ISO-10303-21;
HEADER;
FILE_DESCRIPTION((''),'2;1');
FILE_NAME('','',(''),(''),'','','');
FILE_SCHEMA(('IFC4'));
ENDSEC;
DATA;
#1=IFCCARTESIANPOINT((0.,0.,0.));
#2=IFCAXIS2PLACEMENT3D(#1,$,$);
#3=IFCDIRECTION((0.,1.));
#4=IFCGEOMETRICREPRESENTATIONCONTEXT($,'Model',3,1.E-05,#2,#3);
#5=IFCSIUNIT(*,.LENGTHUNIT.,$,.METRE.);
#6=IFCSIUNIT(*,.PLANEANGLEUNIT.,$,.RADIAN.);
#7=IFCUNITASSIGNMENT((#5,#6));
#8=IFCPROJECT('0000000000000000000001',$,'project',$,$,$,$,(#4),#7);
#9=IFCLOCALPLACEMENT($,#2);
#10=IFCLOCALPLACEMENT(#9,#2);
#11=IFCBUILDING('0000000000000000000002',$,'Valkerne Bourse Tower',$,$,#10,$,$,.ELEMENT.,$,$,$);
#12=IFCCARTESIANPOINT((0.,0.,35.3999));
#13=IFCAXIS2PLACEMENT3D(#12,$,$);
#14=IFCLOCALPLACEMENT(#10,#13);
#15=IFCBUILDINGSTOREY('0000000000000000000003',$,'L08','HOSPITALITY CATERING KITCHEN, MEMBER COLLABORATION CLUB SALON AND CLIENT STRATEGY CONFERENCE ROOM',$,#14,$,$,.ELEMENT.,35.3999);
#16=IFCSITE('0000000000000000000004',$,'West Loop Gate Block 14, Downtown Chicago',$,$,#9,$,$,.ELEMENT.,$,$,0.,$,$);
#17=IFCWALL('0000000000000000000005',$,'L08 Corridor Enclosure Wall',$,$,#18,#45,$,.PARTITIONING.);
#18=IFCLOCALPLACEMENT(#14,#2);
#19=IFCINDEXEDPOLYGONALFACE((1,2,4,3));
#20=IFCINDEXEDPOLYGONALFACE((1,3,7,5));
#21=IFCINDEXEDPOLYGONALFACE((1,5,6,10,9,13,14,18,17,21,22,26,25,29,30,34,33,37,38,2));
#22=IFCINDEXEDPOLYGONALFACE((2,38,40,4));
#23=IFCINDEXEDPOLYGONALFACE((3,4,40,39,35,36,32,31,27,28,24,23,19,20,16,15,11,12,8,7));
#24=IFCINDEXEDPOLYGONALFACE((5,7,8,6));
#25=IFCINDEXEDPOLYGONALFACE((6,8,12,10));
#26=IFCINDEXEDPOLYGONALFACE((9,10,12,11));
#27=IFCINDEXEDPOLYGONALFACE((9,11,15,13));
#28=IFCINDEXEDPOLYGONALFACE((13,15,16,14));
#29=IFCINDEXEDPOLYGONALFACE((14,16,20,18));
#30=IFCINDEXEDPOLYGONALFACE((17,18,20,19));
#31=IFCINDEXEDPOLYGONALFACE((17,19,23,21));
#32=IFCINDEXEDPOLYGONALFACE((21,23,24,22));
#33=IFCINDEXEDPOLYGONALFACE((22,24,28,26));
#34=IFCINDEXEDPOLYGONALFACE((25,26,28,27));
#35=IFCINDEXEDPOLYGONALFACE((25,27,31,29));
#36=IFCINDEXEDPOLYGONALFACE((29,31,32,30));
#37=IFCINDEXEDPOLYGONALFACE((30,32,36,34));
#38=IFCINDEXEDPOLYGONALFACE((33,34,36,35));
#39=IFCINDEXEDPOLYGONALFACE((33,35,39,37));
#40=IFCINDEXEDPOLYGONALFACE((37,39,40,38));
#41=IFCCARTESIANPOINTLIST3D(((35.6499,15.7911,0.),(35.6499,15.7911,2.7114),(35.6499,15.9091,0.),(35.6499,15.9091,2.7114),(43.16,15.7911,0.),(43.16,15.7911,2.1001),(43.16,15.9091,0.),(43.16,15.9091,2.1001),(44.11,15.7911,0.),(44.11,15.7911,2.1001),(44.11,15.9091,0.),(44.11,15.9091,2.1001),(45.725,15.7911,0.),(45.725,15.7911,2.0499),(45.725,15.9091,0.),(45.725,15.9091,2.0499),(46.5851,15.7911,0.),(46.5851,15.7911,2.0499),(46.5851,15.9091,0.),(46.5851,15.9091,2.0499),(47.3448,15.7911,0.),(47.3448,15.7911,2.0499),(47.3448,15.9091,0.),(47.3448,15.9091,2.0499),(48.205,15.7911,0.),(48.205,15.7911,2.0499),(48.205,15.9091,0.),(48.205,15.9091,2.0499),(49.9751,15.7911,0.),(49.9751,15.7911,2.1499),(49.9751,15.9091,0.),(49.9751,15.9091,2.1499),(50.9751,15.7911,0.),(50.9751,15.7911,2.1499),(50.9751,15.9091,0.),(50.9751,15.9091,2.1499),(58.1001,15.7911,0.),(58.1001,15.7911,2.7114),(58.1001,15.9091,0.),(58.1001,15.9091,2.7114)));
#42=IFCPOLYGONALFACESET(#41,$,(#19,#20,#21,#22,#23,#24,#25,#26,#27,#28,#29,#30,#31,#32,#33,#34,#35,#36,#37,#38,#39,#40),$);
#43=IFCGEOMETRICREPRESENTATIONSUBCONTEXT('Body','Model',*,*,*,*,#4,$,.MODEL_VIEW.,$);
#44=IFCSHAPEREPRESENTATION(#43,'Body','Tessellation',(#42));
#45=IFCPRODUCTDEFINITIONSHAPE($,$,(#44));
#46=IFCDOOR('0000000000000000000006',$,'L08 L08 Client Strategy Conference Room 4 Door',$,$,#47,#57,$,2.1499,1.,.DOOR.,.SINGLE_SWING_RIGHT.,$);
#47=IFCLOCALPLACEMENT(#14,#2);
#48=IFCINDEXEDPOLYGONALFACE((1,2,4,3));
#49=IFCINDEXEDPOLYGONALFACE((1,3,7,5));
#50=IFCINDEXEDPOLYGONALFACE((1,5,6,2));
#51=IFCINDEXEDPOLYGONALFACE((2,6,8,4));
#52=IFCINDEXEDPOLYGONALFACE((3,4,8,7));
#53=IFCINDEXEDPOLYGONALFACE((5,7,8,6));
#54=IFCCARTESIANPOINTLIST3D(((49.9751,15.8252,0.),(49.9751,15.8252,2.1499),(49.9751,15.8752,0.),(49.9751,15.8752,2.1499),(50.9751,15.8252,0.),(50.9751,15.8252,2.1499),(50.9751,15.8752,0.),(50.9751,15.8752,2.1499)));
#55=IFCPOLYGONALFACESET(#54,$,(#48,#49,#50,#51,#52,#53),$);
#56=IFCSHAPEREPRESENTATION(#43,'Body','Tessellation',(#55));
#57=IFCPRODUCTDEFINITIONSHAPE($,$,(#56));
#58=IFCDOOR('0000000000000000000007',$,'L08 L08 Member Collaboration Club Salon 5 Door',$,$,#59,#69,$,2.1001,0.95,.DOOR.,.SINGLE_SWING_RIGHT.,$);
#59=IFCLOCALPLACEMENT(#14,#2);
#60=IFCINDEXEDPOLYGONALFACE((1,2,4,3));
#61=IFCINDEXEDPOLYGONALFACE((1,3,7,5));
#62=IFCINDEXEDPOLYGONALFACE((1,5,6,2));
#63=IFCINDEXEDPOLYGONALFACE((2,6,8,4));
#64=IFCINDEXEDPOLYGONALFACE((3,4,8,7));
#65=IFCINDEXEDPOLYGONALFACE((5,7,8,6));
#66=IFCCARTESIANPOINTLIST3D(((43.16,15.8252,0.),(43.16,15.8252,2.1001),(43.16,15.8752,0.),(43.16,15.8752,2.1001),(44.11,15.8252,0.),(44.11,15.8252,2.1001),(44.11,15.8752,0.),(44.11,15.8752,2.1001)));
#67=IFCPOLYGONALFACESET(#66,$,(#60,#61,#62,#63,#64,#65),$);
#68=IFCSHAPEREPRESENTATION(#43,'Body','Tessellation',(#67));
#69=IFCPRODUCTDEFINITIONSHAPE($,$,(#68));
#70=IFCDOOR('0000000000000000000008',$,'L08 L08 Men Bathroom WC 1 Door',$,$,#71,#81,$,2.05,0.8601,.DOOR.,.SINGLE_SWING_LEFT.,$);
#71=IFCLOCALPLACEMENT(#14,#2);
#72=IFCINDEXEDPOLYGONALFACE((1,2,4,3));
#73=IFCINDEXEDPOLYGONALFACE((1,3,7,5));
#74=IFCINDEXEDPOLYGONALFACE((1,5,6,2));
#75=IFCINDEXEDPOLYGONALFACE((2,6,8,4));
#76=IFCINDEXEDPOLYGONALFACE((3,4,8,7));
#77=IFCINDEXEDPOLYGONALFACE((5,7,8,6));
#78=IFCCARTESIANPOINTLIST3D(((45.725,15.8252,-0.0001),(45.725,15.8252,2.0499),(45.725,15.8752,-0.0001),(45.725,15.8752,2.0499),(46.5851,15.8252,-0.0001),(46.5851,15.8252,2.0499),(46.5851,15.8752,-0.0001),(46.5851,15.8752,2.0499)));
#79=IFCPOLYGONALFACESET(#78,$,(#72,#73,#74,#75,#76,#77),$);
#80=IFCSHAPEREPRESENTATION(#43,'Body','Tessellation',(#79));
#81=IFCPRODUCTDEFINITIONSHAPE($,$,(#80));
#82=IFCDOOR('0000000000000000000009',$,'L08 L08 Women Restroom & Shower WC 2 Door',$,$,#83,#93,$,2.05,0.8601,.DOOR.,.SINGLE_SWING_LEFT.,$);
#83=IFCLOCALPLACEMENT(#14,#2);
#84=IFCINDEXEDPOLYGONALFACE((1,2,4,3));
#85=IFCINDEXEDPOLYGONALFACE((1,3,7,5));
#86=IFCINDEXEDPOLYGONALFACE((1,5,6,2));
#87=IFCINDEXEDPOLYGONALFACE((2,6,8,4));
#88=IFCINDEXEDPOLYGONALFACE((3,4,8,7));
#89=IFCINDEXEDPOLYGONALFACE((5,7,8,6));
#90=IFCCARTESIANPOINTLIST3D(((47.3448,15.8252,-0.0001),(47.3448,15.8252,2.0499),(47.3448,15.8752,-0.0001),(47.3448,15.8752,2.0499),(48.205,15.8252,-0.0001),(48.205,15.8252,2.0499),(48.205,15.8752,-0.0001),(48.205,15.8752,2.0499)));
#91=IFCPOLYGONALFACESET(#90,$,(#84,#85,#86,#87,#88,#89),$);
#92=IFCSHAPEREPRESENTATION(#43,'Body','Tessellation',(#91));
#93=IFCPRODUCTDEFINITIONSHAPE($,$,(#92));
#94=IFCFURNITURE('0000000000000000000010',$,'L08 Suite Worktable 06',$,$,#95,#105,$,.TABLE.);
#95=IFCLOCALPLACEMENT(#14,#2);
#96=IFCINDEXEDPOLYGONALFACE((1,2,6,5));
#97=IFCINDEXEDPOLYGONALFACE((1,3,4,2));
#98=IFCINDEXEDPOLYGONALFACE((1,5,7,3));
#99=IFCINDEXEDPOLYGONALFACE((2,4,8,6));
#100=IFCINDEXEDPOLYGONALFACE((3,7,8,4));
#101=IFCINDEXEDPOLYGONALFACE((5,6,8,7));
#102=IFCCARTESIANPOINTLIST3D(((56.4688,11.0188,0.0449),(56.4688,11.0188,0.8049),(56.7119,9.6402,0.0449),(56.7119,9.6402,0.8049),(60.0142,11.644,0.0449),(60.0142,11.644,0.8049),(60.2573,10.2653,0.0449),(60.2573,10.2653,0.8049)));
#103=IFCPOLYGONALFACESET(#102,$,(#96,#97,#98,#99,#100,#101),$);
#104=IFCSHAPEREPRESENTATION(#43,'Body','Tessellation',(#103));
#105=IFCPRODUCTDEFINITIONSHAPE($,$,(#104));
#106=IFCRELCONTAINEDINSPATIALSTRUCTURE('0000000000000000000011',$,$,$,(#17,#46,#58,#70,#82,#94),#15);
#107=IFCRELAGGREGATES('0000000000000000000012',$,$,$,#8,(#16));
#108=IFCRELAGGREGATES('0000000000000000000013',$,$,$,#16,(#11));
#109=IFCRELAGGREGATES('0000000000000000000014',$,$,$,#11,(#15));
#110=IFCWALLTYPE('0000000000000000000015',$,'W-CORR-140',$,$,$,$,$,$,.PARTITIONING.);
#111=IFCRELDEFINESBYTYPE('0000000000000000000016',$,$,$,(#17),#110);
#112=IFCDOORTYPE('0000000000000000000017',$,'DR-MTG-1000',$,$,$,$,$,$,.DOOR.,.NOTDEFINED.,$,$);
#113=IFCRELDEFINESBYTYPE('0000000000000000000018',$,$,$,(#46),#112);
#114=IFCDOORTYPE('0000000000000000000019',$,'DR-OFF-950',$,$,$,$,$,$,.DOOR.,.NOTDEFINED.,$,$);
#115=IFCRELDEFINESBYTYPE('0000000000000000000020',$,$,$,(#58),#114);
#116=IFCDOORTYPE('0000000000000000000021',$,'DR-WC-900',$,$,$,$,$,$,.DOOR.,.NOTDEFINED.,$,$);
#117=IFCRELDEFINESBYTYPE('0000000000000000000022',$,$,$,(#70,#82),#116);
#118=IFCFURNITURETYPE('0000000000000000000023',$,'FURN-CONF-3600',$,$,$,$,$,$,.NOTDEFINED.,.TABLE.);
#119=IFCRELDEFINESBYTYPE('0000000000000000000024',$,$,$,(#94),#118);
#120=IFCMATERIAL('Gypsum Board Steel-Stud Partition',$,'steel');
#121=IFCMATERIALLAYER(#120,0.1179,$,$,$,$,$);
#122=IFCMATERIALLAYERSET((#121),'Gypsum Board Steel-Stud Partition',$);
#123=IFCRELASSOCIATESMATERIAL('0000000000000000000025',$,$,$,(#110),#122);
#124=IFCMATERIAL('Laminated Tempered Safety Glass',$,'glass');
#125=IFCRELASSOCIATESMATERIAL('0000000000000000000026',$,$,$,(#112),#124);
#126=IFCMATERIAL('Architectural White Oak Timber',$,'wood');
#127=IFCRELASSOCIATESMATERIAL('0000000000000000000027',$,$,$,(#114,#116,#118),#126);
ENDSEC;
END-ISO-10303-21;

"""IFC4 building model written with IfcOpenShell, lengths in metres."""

from ifc_helpers import new_model, si_unit, direction, frame, frame_2d, origin, origin_2d, place, context, subcontext, project, spatial, rectangle, extrude, material, layer, layer_set, type_object, element, fill, save


model = new_model("IFC4")

# Units and contexts
model_context = context("Model", 3, precision=1e-05, world=origin(), true_north=direction((0.0, 1.0)))
body_context = subcontext(model_context, "Body", "Model", "MODEL_VIEW")
ifc_project = project(units=[si_unit("LENGTHUNIT", "METRE"), si_unit("PLANEANGLEUNIT", "RADIAN")], contexts=[model_context])

# Site, building, storey
site_placement = place(None, origin())
site = spatial("IfcSite", under=ifc_project, at=site_placement, Name="West Loop Gate Block 14, Downtown Chicago", CompositionType="ELEMENT", RefElevation=0.0)
building_placement = place(site_placement, origin())
building = spatial("IfcBuilding", under=site, at=building_placement, Name="Valkerne Bourse Tower", CompositionType="ELEMENT")
storey_placement = place(building_placement, frame((0.0, 0.0, 35.3999)))
storey = spatial("IfcBuildingStorey", under=building, at=storey_placement, Name="L08", Description="HOSPITALITY CATERING KITCHEN, MEMBER COLLABORATION CLUB SALON AND CLIENT STRATEGY CONFERENCE ROOM", CompositionType="ELEMENT", Elevation=35.3999)

# Wall, openings, doors
ifc_material_1 = material(Name="Gypsum Board Steel-Stud Partition", Category="steel")
ifc_layer_1 = layer(ifc_material_1, 0.1179)
ifc_layer_set_1 = layer_set([ifc_layer_1], Name="Gypsum Board Steel-Stud Partition")
wall_type = type_object("IfcWallType", Name="W-CORR-140", PredefinedType="PARTITIONING", material=ifc_layer_set_1)
wall_placement = place(storey_placement, frame((58.1001, 15.8501, 0.0), z_axis=(0.0, 0.0, 1.0), x_axis=(-1.0, 0.0, 0.0)))
wall = element("IfcWall", 1, at=wall_placement, inside=storey, type_object=wall_type, Name="L08 Corridor Enclosure Wall", PredefinedType="PARTITIONING", context=body_context, shape_type="SweptSolid", body=[
    extrude(rectangle(XDim=22.4502, YDim=0.1179, at=frame_2d((11.2251, 0.0))), origin(), (0.0, 0.0, 1.0), 2.7114),
])
opening_1_placement = place(wall_placement, frame((11.5149, 0.0, 0.0)))
opening_1 = element("IfcOpeningElement", 2, at=opening_1_placement, cuts=wall, PredefinedType="OPENING", context=body_context, shape_type="SweptSolid", body=[
    extrude(rectangle(XDim=0.8601, YDim=2.05, at=frame_2d((0.4302, 1.0249))), frame((0.0, 0.0688, 0.0), z_axis=(0.0, -1.0, 0.0), x_axis=(1.0, 0.0, 0.0)), (0.0, 0.0, 1.0), 0.1379),
])
opening_2_placement = place(wall_placement, frame((9.895, 0.0, 0.0)))
opening_2 = element("IfcOpeningElement", 3, at=opening_2_placement, cuts=wall, PredefinedType="OPENING", context=body_context, shape_type="SweptSolid", body=[
    extrude(rectangle(XDim=0.8601, YDim=2.05, at=frame_2d((0.4302, 1.0249))), frame((0.0, 0.0688, 0.0), z_axis=(0.0, -1.0, 0.0), x_axis=(1.0, 0.0, 0.0)), (0.0, 0.0, 1.0), 0.1379),
])
opening_3_placement = place(wall_placement, frame((7.125, 0.0, 0.0)))
opening_3 = element("IfcOpeningElement", 4, at=opening_3_placement, cuts=wall, PredefinedType="OPENING", context=body_context, shape_type="SweptSolid", body=[
    extrude(rectangle(XDim=1.0, YDim=2.1499, at=frame_2d((0.5, 1.075))), frame((0.0, 0.0688, 0.0), z_axis=(0.0, -1.0, 0.0), x_axis=(1.0, 0.0, 0.0)), (0.0, 0.0, 1.0), 0.1379),
])
opening_4_placement = place(wall_placement, frame((13.99, 0.0, 0.0)))
opening_4 = element("IfcOpeningElement", 5, at=opening_4_placement, cuts=wall, PredefinedType="OPENING", context=body_context, shape_type="SweptSolid", body=[
    extrude(rectangle(XDim=0.95, YDim=2.1001, at=frame_2d((0.4751, 1.05))), frame((0.0, 0.0688, 0.0), z_axis=(0.0, -1.0, 0.0), x_axis=(1.0, 0.0, 0.0)), (0.0, 0.0, 1.0), 0.1379),
])
ifc_material_2 = material(Name="Laminated Tempered Safety Glass", Category="glass")
door_type_1 = type_object("IfcDoorType", Name="DR-MTG-1000", OperationType="NOTDEFINED", PredefinedType="DOOR", material=ifc_material_2)
door_1_placement = place(opening_3_placement, origin())
door_1 = element("IfcDoor", 6, at=door_1_placement, inside=storey, type_object=door_type_1, Name="L08 L08 Client Strategy Conference Room 4 Door", OperationType="SINGLE_SWING_RIGHT", OverallHeight=2.1499, OverallWidth=1.0, PredefinedType="DOOR", context=body_context, shape_type="SweptSolid", body=[
    extrude(rectangle(XDim=1.0, YDim=2.1499, at=frame_2d((0.5, 1.075))), frame((0.0, 0.0249, 0.0), z_axis=(0.0, -1.0, 0.0), x_axis=(1.0, 0.0, 0.0)), (0.0, 0.0, 1.0), 0.05),
])
fill(opening_3, door_1)
ifc_material_3 = material(Name="Architectural White Oak Timber", Category="wood")
door_type_2 = type_object("IfcDoorType", Name="DR-OFF-950", OperationType="NOTDEFINED", PredefinedType="DOOR", material=ifc_material_3)
door_2_placement = place(opening_4_placement, origin())
door_2 = element("IfcDoor", 7, at=door_2_placement, inside=storey, type_object=door_type_2, Name="L08 L08 Member Collaboration Club Salon 5 Door", OperationType="SINGLE_SWING_RIGHT", OverallHeight=2.1001, OverallWidth=0.95, PredefinedType="DOOR", context=body_context, shape_type="SweptSolid", body=[
    extrude(rectangle(XDim=0.95, YDim=2.1001, at=frame_2d((0.4751, 1.05))), frame((0.0, 0.0249, 0.0), z_axis=(0.0, -1.0, 0.0), x_axis=(1.0, 0.0, 0.0)), (0.0, 0.0, 1.0), 0.05),
])
fill(opening_4, door_2)
door_type_3 = type_object("IfcDoorType", Name="DR-WC-900", OperationType="NOTDEFINED", PredefinedType="DOOR", material=ifc_material_3)
door_3_placement = place(opening_1_placement, origin())
door_3 = element("IfcDoor", 8, at=door_3_placement, inside=storey, type_object=door_type_3, Name="L08 L08 Men Bathroom WC 1 Door", OperationType="SINGLE_SWING_LEFT", OverallHeight=2.05, OverallWidth=0.8601, PredefinedType="DOOR", context=body_context, shape_type="SweptSolid", body=[
    extrude(rectangle(XDim=0.8601, YDim=2.05, at=frame_2d((0.4302, 1.0249))), frame((0.0, 0.0249, 0.0), z_axis=(0.0, -1.0, 0.0), x_axis=(1.0, 0.0, 0.0)), (0.0, 0.0, 1.0), 0.05),
])
fill(opening_1, door_3)
door_4_placement = place(opening_2_placement, origin())
door_4 = element("IfcDoor", 9, at=door_4_placement, inside=storey, type_object=door_type_3, Name="L08 L08 Women Restroom & Shower WC 2 Door", OperationType="SINGLE_SWING_LEFT", OverallHeight=2.05, OverallWidth=0.8601, PredefinedType="DOOR", context=body_context, shape_type="SweptSolid", body=[
    extrude(rectangle(XDim=0.8601, YDim=2.05, at=frame_2d((0.4302, 1.0249))), frame((0.0, 0.0249, 0.0), z_axis=(0.0, -1.0, 0.0), x_axis=(1.0, 0.0, 0.0)), (0.0, 0.0, 1.0), 0.05),
])
fill(opening_2, door_4)

# Furniture
furniture_type = type_object("IfcFurnitureType", Name="FURN-CONF-3600", AssemblyPlace="NOTDEFINED", PredefinedType="TABLE", material=ifc_material_3)
furniture_placement = place(storey_placement, frame((58.363, 10.6421, 0.0449), z_axis=(0.0, 0.0, 1.0), x_axis=(0.984808, 0.173648, 0.0)))
element("IfcFurniture", 10, at=furniture_placement, inside=storey, type_object=furniture_type, Name="L08 Suite Worktable 06", PredefinedType="TABLE", context=body_context, shape_type="SweptSolid", body=[
    extrude(rectangle(XDim=3.6001, YDim=1.3999, at=origin_2d()), origin(), (0.0, 0.0, 1.0), 0.76),
])

save(model, "model.ifc")
